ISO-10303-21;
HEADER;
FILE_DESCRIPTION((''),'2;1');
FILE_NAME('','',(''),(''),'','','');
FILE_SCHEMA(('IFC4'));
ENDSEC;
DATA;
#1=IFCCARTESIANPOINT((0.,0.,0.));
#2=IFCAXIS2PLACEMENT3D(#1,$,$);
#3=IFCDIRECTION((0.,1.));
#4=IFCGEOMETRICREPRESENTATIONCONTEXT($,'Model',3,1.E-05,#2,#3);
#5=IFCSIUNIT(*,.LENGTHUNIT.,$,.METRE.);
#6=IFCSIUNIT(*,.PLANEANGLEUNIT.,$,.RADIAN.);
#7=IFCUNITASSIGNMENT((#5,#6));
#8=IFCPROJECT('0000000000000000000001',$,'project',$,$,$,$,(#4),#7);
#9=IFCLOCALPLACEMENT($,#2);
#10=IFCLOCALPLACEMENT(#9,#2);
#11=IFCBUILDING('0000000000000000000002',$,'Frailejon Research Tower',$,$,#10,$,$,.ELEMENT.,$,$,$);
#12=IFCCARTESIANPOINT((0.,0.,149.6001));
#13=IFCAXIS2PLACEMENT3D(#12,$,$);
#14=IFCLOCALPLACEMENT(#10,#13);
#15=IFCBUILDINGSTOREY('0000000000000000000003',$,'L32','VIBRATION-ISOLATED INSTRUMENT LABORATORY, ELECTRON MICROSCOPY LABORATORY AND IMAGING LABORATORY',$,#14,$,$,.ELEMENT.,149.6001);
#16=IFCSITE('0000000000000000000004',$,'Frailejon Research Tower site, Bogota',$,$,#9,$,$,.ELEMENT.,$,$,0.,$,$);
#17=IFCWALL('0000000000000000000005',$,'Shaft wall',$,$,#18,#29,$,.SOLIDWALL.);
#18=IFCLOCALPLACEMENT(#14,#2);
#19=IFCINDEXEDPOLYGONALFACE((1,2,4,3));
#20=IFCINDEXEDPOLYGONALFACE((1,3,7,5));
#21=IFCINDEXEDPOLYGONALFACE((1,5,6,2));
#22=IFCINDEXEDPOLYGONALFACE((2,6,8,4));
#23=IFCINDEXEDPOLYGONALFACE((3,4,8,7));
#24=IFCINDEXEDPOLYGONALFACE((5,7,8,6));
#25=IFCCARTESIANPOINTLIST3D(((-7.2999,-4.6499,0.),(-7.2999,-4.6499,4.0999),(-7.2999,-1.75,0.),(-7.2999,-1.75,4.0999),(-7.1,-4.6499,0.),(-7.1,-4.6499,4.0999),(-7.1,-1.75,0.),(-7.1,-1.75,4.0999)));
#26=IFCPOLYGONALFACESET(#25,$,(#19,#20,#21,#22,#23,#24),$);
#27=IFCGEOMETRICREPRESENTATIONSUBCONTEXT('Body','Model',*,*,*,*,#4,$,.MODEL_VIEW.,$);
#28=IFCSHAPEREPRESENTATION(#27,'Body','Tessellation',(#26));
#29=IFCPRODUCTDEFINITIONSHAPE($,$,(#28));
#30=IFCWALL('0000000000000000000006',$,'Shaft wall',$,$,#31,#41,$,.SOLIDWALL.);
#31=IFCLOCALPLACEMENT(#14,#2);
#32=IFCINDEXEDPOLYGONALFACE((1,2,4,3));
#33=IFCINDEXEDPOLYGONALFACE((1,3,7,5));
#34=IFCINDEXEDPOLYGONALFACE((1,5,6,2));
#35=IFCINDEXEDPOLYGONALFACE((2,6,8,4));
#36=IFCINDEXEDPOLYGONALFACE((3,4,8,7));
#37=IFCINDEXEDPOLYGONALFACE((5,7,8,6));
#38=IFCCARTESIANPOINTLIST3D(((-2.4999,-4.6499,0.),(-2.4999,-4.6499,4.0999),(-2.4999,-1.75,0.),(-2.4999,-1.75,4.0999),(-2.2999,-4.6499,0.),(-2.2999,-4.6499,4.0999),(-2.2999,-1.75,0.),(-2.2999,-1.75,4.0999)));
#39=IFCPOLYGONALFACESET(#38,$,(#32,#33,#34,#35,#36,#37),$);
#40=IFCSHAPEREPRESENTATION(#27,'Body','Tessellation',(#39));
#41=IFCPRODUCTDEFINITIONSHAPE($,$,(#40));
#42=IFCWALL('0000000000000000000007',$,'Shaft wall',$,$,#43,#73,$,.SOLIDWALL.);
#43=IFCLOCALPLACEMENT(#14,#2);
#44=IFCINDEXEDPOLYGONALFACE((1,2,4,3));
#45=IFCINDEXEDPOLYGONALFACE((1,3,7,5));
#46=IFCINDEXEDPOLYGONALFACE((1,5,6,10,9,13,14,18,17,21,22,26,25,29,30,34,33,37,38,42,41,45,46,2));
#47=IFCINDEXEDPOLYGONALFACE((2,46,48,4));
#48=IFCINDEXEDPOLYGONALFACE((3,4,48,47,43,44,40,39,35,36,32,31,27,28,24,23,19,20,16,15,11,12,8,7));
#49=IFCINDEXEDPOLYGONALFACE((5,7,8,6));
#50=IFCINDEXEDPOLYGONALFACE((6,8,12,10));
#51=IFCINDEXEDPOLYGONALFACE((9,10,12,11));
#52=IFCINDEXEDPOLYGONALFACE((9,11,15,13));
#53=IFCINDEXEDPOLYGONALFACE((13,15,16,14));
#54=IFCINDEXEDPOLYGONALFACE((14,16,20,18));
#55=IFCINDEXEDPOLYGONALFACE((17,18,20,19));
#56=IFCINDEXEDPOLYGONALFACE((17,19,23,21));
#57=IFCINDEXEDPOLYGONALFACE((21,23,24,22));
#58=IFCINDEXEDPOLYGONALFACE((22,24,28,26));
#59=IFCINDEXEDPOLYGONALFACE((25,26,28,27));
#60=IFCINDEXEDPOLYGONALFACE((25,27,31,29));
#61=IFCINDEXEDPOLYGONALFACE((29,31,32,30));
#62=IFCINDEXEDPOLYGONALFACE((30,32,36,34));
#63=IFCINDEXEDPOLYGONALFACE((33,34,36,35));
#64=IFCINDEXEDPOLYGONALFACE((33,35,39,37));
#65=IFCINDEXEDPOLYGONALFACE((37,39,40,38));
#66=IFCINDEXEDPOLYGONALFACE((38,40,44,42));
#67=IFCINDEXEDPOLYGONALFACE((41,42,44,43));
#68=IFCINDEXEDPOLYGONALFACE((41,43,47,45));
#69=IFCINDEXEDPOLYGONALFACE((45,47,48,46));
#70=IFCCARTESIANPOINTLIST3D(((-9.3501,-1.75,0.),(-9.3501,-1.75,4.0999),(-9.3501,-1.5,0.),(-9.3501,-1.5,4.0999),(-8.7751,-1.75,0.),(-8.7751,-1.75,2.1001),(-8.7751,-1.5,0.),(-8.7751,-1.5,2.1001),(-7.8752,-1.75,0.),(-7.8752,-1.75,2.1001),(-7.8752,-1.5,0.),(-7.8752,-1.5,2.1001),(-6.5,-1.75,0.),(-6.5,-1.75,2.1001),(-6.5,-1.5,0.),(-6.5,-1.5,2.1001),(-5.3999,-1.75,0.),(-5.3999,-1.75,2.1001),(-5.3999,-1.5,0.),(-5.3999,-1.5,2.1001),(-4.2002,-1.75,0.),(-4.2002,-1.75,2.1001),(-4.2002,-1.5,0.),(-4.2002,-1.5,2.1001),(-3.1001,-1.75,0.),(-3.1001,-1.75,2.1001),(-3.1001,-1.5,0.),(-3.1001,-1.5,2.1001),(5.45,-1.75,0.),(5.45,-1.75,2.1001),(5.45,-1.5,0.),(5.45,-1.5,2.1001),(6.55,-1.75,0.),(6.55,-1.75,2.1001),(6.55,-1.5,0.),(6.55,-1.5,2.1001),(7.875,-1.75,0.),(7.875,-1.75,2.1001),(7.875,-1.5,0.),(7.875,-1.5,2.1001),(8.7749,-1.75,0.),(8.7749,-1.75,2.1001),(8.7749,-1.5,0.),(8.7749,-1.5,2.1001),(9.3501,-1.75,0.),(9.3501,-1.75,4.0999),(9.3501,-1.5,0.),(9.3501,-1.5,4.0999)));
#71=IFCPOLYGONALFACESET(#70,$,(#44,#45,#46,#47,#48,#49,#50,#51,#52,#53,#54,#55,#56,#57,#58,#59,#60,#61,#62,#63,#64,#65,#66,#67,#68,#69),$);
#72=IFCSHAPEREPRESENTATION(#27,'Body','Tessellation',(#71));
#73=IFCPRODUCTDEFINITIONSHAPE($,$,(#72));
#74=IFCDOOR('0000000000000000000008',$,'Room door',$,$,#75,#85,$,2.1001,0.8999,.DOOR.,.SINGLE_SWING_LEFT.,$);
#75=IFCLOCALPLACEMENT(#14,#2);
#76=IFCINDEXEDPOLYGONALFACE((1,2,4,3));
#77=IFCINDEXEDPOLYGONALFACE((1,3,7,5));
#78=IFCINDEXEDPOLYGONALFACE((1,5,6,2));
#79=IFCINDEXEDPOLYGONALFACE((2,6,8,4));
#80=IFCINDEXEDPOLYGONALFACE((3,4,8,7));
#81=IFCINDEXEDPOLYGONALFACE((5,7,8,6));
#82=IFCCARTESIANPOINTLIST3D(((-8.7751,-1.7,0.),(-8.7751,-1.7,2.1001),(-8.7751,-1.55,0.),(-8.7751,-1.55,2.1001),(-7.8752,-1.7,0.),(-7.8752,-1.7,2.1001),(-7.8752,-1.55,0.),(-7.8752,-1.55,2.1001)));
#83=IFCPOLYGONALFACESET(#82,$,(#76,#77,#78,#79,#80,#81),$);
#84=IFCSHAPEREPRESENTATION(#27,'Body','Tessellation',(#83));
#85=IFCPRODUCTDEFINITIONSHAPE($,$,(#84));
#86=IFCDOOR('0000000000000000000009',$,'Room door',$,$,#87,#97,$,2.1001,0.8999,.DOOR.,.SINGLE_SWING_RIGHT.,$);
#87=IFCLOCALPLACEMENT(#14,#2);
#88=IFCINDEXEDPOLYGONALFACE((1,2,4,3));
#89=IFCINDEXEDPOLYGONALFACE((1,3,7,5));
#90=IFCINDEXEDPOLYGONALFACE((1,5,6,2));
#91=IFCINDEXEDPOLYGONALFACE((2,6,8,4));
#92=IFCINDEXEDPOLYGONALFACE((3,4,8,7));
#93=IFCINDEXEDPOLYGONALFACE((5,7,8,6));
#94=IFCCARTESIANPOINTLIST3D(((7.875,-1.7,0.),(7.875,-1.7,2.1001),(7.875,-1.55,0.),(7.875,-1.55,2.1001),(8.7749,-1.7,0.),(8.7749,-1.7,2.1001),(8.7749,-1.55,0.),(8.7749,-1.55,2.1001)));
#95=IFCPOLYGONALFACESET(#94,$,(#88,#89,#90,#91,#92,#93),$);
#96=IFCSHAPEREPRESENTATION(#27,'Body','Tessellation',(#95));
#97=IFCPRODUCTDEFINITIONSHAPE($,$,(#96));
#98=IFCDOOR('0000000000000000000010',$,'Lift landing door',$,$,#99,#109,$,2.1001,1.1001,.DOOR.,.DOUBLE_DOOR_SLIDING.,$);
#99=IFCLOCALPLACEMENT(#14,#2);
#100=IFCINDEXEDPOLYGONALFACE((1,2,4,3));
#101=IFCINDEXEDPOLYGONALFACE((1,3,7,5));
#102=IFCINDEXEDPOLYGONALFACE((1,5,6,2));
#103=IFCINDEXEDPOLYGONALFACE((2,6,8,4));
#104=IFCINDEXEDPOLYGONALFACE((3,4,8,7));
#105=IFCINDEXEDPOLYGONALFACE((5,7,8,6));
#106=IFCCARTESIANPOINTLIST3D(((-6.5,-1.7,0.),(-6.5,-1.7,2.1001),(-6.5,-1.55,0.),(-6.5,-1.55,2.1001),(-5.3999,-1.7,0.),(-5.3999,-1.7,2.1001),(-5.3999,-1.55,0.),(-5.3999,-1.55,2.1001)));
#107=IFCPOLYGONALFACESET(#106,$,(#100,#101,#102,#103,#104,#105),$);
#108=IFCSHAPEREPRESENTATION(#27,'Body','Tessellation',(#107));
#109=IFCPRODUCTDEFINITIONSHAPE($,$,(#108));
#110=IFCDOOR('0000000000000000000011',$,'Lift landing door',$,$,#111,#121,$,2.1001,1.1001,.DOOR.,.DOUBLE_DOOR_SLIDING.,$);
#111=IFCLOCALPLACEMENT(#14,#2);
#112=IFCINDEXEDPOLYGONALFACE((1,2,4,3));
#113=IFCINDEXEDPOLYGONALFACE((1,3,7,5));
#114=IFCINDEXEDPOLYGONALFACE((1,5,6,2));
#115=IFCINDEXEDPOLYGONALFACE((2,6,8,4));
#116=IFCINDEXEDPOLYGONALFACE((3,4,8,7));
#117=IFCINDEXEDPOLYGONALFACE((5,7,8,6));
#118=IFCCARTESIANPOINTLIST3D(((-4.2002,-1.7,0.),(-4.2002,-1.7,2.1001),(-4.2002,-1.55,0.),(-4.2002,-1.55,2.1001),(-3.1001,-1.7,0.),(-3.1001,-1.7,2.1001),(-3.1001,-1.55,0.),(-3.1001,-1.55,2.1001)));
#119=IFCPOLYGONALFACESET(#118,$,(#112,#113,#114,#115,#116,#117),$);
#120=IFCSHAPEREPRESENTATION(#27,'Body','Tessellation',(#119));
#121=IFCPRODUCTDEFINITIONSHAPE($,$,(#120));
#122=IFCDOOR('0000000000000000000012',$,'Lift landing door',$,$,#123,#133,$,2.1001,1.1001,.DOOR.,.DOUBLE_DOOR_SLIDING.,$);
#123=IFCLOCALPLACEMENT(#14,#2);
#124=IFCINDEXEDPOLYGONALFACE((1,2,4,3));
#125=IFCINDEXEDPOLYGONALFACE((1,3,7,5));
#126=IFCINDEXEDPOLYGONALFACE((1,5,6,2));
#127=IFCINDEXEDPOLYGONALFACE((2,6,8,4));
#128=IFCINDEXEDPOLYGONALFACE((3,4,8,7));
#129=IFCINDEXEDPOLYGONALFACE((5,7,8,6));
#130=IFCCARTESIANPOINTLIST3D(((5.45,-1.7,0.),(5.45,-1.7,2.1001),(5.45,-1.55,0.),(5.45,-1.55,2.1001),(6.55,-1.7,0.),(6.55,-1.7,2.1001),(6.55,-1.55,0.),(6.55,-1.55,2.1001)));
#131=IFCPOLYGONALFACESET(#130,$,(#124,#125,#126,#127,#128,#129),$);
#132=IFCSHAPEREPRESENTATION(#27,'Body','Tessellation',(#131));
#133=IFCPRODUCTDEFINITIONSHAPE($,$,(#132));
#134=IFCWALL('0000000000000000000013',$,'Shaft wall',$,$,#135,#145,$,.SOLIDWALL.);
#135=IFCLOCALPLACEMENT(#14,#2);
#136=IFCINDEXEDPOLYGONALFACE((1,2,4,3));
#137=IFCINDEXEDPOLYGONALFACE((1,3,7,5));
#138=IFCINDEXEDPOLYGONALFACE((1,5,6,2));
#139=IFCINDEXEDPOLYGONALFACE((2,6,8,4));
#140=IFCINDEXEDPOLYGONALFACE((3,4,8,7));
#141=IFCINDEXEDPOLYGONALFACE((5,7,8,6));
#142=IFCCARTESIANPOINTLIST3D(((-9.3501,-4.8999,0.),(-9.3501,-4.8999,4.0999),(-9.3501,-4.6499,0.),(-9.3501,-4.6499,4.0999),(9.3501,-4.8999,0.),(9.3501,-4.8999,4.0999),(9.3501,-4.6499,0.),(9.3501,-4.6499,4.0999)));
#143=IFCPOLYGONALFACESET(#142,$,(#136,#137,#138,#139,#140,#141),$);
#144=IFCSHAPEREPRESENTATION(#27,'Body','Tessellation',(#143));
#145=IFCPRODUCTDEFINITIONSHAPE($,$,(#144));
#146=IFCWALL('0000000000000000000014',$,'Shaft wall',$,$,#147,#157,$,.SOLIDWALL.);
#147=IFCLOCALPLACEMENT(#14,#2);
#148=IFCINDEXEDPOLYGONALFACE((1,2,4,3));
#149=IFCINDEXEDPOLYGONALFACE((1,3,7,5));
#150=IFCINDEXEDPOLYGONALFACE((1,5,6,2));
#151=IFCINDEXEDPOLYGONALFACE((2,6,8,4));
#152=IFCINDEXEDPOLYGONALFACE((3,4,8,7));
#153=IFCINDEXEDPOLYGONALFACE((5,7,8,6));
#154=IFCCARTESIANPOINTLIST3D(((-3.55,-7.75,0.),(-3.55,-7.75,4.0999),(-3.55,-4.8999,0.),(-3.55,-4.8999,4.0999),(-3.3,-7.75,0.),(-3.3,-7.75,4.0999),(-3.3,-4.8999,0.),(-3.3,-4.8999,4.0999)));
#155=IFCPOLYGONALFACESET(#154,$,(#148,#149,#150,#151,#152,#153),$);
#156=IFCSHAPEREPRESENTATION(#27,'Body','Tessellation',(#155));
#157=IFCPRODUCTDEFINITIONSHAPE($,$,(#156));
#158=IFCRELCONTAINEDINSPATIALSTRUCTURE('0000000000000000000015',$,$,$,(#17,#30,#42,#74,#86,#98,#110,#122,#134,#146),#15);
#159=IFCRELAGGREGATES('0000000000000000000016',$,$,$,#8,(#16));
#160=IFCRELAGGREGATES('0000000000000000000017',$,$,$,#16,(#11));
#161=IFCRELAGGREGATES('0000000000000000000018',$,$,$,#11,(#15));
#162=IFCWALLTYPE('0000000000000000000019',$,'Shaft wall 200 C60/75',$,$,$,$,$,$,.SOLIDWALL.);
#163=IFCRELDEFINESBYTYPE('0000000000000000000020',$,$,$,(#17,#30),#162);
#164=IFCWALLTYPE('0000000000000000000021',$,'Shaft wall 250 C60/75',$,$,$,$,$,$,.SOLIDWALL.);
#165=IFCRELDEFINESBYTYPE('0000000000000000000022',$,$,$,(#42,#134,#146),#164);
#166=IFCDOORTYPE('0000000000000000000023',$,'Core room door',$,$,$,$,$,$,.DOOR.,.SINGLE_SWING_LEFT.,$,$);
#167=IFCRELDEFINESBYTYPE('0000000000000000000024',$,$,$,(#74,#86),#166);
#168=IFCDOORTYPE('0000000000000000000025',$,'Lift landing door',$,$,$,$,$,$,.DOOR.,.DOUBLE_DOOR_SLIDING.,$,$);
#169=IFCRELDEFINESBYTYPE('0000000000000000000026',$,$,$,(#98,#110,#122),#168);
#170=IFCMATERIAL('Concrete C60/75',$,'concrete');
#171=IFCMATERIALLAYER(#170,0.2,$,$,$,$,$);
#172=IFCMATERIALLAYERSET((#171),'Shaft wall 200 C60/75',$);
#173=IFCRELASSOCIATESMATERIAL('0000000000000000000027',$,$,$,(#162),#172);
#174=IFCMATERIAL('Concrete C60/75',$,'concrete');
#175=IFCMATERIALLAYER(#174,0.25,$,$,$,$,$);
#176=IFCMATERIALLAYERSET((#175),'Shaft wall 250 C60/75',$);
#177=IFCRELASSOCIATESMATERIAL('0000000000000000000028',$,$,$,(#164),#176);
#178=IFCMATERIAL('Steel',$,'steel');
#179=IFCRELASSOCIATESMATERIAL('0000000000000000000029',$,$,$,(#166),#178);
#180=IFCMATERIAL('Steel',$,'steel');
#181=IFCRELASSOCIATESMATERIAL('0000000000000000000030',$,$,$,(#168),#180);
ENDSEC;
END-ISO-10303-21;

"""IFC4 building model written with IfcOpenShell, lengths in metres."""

from ifc_helpers import new_model, si_unit, direction, frame, frame_2d, origin, place, context, subcontext, project, spatial, rectangle, extrude, material, layer, layer_set, type_object, element, fill, save


model = new_model("IFC4")

# Units and contexts
model_context = context("Model", 3, precision=1e-05, world=origin(), true_north=direction((0.0, 1.0)))
body_context = subcontext(model_context, "Body", "Model", "MODEL_VIEW")
ifc_project = project(units=[si_unit("LENGTHUNIT", "METRE"), si_unit("PLANEANGLEUNIT", "RADIAN")], contexts=[model_context])

# Site, building, storey
site_placement = place(None, origin())
site = spatial("IfcSite", under=ifc_project, at=site_placement, Name="Frailejon Research Tower site, Bogota", CompositionType="ELEMENT", RefElevation=0.0)
building_placement = place(site_placement, origin())
building = spatial("IfcBuilding", under=site, at=building_placement, Name="Frailejon Research Tower", CompositionType="ELEMENT")
storey_placement = place(building_placement, frame((0.0, 0.0, 149.6001)))
storey = spatial("IfcBuildingStorey", under=building, at=storey_placement, Name="L32", Description="VIBRATION-ISOLATED INSTRUMENT LABORATORY, ELECTRON MICROSCOPY LABORATORY AND IMAGING LABORATORY", CompositionType="ELEMENT", Elevation=149.6001)

# Walls
ifc_material_1 = material(Name="Concrete C60/75", Category="concrete")
ifc_layer_1 = layer(ifc_material_1, 0.2)
ifc_layer_set_1 = layer_set([ifc_layer_1], Name="Shaft wall 200 C60/75")
wall_type_1 = type_object("IfcWallType", Name="Shaft wall 200 C60/75", PredefinedType="SOLIDWALL", material=ifc_layer_set_1)
for number, where, z_axis, x_axis, name in (
    (1, (-7.2, -4.6499, 0.0), (0.0, 0.0, 1.0), (0.0, 1.0, 0.0), "Shaft wall"),
    (2, (-2.3999, -4.6499, 0.0), (0.0, 0.0, 1.0), (0.0, 1.0, 0.0), "Shaft wall"),
):
    element("IfcWall", number, at=place(storey_placement, frame(where, z_axis=z_axis, x_axis=x_axis)), inside=storey, type_object=wall_type_1, Name=name, PredefinedType="SOLIDWALL", context=body_context, shape_type="SweptSolid", body=[
        extrude(rectangle(XDim=2.8999, YDim=0.2, at=frame_2d((1.45, 0.0))), origin(), (0.0, 0.0, 1.0), 4.0999),
    ])

# Wall, openings, doors
ifc_material_2 = material(Name="Concrete C60/75", Category="concrete")
ifc_layer_2 = layer(ifc_material_2, 0.25)
ifc_layer_set_2 = layer_set([ifc_layer_2], Name="Shaft wall 250 C60/75")
wall_type_2 = type_object("IfcWallType", Name="Shaft wall 250 C60/75", PredefinedType="SOLIDWALL", material=ifc_layer_set_2)
wall_1_placement = place(storey_placement, frame((-9.3501, -1.625, 0.0), z_axis=(0.0, 0.0, 1.0), x_axis=(1.0, 0.0, 0.0)))
wall_1 = element("IfcWall", 3, at=wall_1_placement, inside=storey, type_object=wall_type_2, Name="Shaft wall", PredefinedType="SOLIDWALL", context=body_context, shape_type="SweptSolid", body=[
    extrude(rectangle(XDim=18.7002, YDim=0.25, at=frame_2d((9.3501, 0.0))), origin(), (0.0, 0.0, 1.0), 4.0999),
])
opening_1_placement = place(wall_1_placement, frame((2.8501, 0.0, 0.0)))
opening_1 = element("IfcOpeningElement", 4, at=opening_1_placement, cuts=wall_1, PredefinedType="OPENING", context=body_context, shape_type="SweptSolid", body=[
    extrude(rectangle(XDim=1.1001, YDim=2.1001, at=frame_2d((0.55, 1.05))), frame((0.0, 0.135, 0.0), z_axis=(0.0, -1.0, 0.0), x_axis=(1.0, 0.0, 0.0)), (0.0, 0.0, 1.0), 0.27),
])
opening_2_placement = place(wall_1_placement, frame((5.1499, 0.0, 0.0)))
opening_2 = element("IfcOpeningElement", 5, at=opening_2_placement, cuts=wall_1, PredefinedType="OPENING", context=body_context, shape_type="SweptSolid", body=[
    extrude(rectangle(XDim=1.1001, YDim=2.1001, at=frame_2d((0.55, 1.05))), frame((0.0, 0.135, 0.0), z_axis=(0.0, -1.0, 0.0), x_axis=(1.0, 0.0, 0.0)), (0.0, 0.0, 1.0), 0.27),
])
opening_3_placement = place(wall_1_placement, frame((14.8, 0.0, 0.0)))
opening_3 = element("IfcOpeningElement", 6, at=opening_3_placement, cuts=wall_1, PredefinedType="OPENING", context=body_context, shape_type="SweptSolid", body=[
    extrude(rectangle(XDim=1.1001, YDim=2.1001, at=frame_2d((0.55, 1.05))), frame((0.0, 0.135, 0.0), z_axis=(0.0, -1.0, 0.0), x_axis=(1.0, 0.0, 0.0)), (0.0, 0.0, 1.0), 0.27),
])
opening_4_placement = place(wall_1_placement, frame((0.575, 0.0, 0.0)))
opening_4 = element("IfcOpeningElement", 7, at=opening_4_placement, cuts=wall_1, PredefinedType="OPENING", context=body_context, shape_type="SweptSolid", body=[
    extrude(rectangle(XDim=0.8999, YDim=2.1001, at=frame_2d((0.45, 1.05))), frame((0.0, 0.135, 0.0), z_axis=(0.0, -1.0, 0.0), x_axis=(1.0, 0.0, 0.0)), (0.0, 0.0, 1.0), 0.27),
])
opening_5_placement = place(wall_1_placement, frame((17.2251, 0.0, 0.0)))
opening_5 = element("IfcOpeningElement", 8, at=opening_5_placement, cuts=wall_1, PredefinedType="OPENING", context=body_context, shape_type="SweptSolid", body=[
    extrude(rectangle(XDim=0.8999, YDim=2.1001, at=frame_2d((0.45, 1.05))), frame((0.0, 0.135, 0.0), z_axis=(0.0, -1.0, 0.0), x_axis=(1.0, 0.0, 0.0)), (0.0, 0.0, 1.0), 0.27),
])
ifc_material_3 = material(Name="Steel", Category="steel")
door_type_1 = type_object("IfcDoorType", Name="Core room door", OperationType="SINGLE_SWING_LEFT", PredefinedType="DOOR", material=ifc_material_3)
door_1_placement = place(opening_4_placement, origin())
door_1 = element("IfcDoor", 9, at=door_1_placement, inside=storey, type_object=door_type_1, Name="Room door", OperationType="SINGLE_SWING_LEFT", OverallHeight=2.1001, OverallWidth=0.8999, PredefinedType="DOOR", context=body_context, shape_type="SweptSolid", body=[
    extrude(rectangle(XDim=0.8999, YDim=2.1001, at=frame_2d((0.45, 1.05))), frame((0.0, 0.075, 0.0), z_axis=(0.0, -1.0, 0.0), x_axis=(1.0, 0.0, 0.0)), (0.0, 0.0, 1.0), 0.1499),
])
fill(opening_4, door_1)
door_2_placement = place(opening_5_placement, origin())
door_2 = element("IfcDoor", 10, at=door_2_placement, inside=storey, type_object=door_type_1, Name="Room door", OperationType="SINGLE_SWING_RIGHT", OverallHeight=2.1001, OverallWidth=0.8999, PredefinedType="DOOR", context=body_context, shape_type="SweptSolid", body=[
    extrude(rectangle(XDim=0.8999, YDim=2.1001, at=frame_2d((0.45, 1.05))), frame((0.0, 0.075, 0.0), z_axis=(0.0, -1.0, 0.0), x_axis=(1.0, 0.0, 0.0)), (0.0, 0.0, 1.0), 0.1499),
])
fill(opening_5, door_2)
ifc_material_4 = material(Name="Steel", Category="steel")
door_type_2 = type_object("IfcDoorType", Name="Lift landing door", OperationType="DOUBLE_DOOR_SLIDING", PredefinedType="DOOR", material=ifc_material_4)
door_3_placement = place(opening_1_placement, origin())
door_3 = element("IfcDoor", 11, at=door_3_placement, inside=storey, type_object=door_type_2, Name="Lift landing door", OperationType="DOUBLE_DOOR_SLIDING", OverallHeight=2.1001, OverallWidth=1.1001, PredefinedType="DOOR", context=body_context, shape_type="SweptSolid", body=[
    extrude(rectangle(XDim=1.1001, YDim=2.1001, at=frame_2d((0.55, 1.05))), frame((0.0, 0.075, 0.0), z_axis=(0.0, -1.0, 0.0), x_axis=(1.0, 0.0, 0.0)), (0.0, 0.0, 1.0), 0.1499),
])
fill(opening_1, door_3)
door_4_placement = place(opening_2_placement, origin())
door_4 = element("IfcDoor", 12, at=door_4_placement, inside=storey, type_object=door_type_2, Name="Lift landing door", OperationType="DOUBLE_DOOR_SLIDING", OverallHeight=2.1001, OverallWidth=1.1001, PredefinedType="DOOR", context=body_context, shape_type="SweptSolid", body=[
    extrude(rectangle(XDim=1.1001, YDim=2.1001, at=frame_2d((0.55, 1.05))), frame((0.0, 0.075, 0.0), z_axis=(0.0, -1.0, 0.0), x_axis=(1.0, 0.0, 0.0)), (0.0, 0.0, 1.0), 0.1499),
])
fill(opening_2, door_4)
door_5_placement = place(opening_3_placement, origin())
door_5 = element("IfcDoor", 13, at=door_5_placement, inside=storey, type_object=door_type_2, Name="Lift landing door", OperationType="DOUBLE_DOOR_SLIDING", OverallHeight=2.1001, OverallWidth=1.1001, PredefinedType="DOOR", context=body_context, shape_type="SweptSolid", body=[
    extrude(rectangle(XDim=1.1001, YDim=2.1001, at=frame_2d((0.55, 1.05))), frame((0.0, 0.075, 0.0), z_axis=(0.0, -1.0, 0.0), x_axis=(1.0, 0.0, 0.0)), (0.0, 0.0, 1.0), 0.1499),
])
fill(opening_3, door_5)

# Walls
wall_2_placement = place(storey_placement, frame((-9.3501, -4.7749, 0.0), z_axis=(0.0, 0.0, 1.0), x_axis=(1.0, 0.0, 0.0)))
element("IfcWall", 14, at=wall_2_placement, inside=storey, type_object=wall_type_2, Name="Shaft wall", PredefinedType="SOLIDWALL", context=body_context, shape_type="SweptSolid", body=[
    extrude(rectangle(XDim=18.7002, YDim=0.25, at=frame_2d((9.3501, 0.0))), origin(), (0.0, 0.0, 1.0), 4.0999),
])
wall_3_placement = place(storey_placement, frame((-3.425, -7.75, 0.0), z_axis=(0.0, 0.0, 1.0), x_axis=(0.0, 1.0, 0.0)))
element("IfcWall", 15, at=wall_3_placement, inside=storey, type_object=wall_type_2, Name="Shaft wall", PredefinedType="SOLIDWALL", context=body_context, shape_type="SweptSolid", body=[
    extrude(rectangle(XDim=2.8501, YDim=0.25, at=frame_2d((1.425, 0.0))), origin(), (0.0, 0.0, 1.0), 4.0999),
])

save(model, "model.ifc")
